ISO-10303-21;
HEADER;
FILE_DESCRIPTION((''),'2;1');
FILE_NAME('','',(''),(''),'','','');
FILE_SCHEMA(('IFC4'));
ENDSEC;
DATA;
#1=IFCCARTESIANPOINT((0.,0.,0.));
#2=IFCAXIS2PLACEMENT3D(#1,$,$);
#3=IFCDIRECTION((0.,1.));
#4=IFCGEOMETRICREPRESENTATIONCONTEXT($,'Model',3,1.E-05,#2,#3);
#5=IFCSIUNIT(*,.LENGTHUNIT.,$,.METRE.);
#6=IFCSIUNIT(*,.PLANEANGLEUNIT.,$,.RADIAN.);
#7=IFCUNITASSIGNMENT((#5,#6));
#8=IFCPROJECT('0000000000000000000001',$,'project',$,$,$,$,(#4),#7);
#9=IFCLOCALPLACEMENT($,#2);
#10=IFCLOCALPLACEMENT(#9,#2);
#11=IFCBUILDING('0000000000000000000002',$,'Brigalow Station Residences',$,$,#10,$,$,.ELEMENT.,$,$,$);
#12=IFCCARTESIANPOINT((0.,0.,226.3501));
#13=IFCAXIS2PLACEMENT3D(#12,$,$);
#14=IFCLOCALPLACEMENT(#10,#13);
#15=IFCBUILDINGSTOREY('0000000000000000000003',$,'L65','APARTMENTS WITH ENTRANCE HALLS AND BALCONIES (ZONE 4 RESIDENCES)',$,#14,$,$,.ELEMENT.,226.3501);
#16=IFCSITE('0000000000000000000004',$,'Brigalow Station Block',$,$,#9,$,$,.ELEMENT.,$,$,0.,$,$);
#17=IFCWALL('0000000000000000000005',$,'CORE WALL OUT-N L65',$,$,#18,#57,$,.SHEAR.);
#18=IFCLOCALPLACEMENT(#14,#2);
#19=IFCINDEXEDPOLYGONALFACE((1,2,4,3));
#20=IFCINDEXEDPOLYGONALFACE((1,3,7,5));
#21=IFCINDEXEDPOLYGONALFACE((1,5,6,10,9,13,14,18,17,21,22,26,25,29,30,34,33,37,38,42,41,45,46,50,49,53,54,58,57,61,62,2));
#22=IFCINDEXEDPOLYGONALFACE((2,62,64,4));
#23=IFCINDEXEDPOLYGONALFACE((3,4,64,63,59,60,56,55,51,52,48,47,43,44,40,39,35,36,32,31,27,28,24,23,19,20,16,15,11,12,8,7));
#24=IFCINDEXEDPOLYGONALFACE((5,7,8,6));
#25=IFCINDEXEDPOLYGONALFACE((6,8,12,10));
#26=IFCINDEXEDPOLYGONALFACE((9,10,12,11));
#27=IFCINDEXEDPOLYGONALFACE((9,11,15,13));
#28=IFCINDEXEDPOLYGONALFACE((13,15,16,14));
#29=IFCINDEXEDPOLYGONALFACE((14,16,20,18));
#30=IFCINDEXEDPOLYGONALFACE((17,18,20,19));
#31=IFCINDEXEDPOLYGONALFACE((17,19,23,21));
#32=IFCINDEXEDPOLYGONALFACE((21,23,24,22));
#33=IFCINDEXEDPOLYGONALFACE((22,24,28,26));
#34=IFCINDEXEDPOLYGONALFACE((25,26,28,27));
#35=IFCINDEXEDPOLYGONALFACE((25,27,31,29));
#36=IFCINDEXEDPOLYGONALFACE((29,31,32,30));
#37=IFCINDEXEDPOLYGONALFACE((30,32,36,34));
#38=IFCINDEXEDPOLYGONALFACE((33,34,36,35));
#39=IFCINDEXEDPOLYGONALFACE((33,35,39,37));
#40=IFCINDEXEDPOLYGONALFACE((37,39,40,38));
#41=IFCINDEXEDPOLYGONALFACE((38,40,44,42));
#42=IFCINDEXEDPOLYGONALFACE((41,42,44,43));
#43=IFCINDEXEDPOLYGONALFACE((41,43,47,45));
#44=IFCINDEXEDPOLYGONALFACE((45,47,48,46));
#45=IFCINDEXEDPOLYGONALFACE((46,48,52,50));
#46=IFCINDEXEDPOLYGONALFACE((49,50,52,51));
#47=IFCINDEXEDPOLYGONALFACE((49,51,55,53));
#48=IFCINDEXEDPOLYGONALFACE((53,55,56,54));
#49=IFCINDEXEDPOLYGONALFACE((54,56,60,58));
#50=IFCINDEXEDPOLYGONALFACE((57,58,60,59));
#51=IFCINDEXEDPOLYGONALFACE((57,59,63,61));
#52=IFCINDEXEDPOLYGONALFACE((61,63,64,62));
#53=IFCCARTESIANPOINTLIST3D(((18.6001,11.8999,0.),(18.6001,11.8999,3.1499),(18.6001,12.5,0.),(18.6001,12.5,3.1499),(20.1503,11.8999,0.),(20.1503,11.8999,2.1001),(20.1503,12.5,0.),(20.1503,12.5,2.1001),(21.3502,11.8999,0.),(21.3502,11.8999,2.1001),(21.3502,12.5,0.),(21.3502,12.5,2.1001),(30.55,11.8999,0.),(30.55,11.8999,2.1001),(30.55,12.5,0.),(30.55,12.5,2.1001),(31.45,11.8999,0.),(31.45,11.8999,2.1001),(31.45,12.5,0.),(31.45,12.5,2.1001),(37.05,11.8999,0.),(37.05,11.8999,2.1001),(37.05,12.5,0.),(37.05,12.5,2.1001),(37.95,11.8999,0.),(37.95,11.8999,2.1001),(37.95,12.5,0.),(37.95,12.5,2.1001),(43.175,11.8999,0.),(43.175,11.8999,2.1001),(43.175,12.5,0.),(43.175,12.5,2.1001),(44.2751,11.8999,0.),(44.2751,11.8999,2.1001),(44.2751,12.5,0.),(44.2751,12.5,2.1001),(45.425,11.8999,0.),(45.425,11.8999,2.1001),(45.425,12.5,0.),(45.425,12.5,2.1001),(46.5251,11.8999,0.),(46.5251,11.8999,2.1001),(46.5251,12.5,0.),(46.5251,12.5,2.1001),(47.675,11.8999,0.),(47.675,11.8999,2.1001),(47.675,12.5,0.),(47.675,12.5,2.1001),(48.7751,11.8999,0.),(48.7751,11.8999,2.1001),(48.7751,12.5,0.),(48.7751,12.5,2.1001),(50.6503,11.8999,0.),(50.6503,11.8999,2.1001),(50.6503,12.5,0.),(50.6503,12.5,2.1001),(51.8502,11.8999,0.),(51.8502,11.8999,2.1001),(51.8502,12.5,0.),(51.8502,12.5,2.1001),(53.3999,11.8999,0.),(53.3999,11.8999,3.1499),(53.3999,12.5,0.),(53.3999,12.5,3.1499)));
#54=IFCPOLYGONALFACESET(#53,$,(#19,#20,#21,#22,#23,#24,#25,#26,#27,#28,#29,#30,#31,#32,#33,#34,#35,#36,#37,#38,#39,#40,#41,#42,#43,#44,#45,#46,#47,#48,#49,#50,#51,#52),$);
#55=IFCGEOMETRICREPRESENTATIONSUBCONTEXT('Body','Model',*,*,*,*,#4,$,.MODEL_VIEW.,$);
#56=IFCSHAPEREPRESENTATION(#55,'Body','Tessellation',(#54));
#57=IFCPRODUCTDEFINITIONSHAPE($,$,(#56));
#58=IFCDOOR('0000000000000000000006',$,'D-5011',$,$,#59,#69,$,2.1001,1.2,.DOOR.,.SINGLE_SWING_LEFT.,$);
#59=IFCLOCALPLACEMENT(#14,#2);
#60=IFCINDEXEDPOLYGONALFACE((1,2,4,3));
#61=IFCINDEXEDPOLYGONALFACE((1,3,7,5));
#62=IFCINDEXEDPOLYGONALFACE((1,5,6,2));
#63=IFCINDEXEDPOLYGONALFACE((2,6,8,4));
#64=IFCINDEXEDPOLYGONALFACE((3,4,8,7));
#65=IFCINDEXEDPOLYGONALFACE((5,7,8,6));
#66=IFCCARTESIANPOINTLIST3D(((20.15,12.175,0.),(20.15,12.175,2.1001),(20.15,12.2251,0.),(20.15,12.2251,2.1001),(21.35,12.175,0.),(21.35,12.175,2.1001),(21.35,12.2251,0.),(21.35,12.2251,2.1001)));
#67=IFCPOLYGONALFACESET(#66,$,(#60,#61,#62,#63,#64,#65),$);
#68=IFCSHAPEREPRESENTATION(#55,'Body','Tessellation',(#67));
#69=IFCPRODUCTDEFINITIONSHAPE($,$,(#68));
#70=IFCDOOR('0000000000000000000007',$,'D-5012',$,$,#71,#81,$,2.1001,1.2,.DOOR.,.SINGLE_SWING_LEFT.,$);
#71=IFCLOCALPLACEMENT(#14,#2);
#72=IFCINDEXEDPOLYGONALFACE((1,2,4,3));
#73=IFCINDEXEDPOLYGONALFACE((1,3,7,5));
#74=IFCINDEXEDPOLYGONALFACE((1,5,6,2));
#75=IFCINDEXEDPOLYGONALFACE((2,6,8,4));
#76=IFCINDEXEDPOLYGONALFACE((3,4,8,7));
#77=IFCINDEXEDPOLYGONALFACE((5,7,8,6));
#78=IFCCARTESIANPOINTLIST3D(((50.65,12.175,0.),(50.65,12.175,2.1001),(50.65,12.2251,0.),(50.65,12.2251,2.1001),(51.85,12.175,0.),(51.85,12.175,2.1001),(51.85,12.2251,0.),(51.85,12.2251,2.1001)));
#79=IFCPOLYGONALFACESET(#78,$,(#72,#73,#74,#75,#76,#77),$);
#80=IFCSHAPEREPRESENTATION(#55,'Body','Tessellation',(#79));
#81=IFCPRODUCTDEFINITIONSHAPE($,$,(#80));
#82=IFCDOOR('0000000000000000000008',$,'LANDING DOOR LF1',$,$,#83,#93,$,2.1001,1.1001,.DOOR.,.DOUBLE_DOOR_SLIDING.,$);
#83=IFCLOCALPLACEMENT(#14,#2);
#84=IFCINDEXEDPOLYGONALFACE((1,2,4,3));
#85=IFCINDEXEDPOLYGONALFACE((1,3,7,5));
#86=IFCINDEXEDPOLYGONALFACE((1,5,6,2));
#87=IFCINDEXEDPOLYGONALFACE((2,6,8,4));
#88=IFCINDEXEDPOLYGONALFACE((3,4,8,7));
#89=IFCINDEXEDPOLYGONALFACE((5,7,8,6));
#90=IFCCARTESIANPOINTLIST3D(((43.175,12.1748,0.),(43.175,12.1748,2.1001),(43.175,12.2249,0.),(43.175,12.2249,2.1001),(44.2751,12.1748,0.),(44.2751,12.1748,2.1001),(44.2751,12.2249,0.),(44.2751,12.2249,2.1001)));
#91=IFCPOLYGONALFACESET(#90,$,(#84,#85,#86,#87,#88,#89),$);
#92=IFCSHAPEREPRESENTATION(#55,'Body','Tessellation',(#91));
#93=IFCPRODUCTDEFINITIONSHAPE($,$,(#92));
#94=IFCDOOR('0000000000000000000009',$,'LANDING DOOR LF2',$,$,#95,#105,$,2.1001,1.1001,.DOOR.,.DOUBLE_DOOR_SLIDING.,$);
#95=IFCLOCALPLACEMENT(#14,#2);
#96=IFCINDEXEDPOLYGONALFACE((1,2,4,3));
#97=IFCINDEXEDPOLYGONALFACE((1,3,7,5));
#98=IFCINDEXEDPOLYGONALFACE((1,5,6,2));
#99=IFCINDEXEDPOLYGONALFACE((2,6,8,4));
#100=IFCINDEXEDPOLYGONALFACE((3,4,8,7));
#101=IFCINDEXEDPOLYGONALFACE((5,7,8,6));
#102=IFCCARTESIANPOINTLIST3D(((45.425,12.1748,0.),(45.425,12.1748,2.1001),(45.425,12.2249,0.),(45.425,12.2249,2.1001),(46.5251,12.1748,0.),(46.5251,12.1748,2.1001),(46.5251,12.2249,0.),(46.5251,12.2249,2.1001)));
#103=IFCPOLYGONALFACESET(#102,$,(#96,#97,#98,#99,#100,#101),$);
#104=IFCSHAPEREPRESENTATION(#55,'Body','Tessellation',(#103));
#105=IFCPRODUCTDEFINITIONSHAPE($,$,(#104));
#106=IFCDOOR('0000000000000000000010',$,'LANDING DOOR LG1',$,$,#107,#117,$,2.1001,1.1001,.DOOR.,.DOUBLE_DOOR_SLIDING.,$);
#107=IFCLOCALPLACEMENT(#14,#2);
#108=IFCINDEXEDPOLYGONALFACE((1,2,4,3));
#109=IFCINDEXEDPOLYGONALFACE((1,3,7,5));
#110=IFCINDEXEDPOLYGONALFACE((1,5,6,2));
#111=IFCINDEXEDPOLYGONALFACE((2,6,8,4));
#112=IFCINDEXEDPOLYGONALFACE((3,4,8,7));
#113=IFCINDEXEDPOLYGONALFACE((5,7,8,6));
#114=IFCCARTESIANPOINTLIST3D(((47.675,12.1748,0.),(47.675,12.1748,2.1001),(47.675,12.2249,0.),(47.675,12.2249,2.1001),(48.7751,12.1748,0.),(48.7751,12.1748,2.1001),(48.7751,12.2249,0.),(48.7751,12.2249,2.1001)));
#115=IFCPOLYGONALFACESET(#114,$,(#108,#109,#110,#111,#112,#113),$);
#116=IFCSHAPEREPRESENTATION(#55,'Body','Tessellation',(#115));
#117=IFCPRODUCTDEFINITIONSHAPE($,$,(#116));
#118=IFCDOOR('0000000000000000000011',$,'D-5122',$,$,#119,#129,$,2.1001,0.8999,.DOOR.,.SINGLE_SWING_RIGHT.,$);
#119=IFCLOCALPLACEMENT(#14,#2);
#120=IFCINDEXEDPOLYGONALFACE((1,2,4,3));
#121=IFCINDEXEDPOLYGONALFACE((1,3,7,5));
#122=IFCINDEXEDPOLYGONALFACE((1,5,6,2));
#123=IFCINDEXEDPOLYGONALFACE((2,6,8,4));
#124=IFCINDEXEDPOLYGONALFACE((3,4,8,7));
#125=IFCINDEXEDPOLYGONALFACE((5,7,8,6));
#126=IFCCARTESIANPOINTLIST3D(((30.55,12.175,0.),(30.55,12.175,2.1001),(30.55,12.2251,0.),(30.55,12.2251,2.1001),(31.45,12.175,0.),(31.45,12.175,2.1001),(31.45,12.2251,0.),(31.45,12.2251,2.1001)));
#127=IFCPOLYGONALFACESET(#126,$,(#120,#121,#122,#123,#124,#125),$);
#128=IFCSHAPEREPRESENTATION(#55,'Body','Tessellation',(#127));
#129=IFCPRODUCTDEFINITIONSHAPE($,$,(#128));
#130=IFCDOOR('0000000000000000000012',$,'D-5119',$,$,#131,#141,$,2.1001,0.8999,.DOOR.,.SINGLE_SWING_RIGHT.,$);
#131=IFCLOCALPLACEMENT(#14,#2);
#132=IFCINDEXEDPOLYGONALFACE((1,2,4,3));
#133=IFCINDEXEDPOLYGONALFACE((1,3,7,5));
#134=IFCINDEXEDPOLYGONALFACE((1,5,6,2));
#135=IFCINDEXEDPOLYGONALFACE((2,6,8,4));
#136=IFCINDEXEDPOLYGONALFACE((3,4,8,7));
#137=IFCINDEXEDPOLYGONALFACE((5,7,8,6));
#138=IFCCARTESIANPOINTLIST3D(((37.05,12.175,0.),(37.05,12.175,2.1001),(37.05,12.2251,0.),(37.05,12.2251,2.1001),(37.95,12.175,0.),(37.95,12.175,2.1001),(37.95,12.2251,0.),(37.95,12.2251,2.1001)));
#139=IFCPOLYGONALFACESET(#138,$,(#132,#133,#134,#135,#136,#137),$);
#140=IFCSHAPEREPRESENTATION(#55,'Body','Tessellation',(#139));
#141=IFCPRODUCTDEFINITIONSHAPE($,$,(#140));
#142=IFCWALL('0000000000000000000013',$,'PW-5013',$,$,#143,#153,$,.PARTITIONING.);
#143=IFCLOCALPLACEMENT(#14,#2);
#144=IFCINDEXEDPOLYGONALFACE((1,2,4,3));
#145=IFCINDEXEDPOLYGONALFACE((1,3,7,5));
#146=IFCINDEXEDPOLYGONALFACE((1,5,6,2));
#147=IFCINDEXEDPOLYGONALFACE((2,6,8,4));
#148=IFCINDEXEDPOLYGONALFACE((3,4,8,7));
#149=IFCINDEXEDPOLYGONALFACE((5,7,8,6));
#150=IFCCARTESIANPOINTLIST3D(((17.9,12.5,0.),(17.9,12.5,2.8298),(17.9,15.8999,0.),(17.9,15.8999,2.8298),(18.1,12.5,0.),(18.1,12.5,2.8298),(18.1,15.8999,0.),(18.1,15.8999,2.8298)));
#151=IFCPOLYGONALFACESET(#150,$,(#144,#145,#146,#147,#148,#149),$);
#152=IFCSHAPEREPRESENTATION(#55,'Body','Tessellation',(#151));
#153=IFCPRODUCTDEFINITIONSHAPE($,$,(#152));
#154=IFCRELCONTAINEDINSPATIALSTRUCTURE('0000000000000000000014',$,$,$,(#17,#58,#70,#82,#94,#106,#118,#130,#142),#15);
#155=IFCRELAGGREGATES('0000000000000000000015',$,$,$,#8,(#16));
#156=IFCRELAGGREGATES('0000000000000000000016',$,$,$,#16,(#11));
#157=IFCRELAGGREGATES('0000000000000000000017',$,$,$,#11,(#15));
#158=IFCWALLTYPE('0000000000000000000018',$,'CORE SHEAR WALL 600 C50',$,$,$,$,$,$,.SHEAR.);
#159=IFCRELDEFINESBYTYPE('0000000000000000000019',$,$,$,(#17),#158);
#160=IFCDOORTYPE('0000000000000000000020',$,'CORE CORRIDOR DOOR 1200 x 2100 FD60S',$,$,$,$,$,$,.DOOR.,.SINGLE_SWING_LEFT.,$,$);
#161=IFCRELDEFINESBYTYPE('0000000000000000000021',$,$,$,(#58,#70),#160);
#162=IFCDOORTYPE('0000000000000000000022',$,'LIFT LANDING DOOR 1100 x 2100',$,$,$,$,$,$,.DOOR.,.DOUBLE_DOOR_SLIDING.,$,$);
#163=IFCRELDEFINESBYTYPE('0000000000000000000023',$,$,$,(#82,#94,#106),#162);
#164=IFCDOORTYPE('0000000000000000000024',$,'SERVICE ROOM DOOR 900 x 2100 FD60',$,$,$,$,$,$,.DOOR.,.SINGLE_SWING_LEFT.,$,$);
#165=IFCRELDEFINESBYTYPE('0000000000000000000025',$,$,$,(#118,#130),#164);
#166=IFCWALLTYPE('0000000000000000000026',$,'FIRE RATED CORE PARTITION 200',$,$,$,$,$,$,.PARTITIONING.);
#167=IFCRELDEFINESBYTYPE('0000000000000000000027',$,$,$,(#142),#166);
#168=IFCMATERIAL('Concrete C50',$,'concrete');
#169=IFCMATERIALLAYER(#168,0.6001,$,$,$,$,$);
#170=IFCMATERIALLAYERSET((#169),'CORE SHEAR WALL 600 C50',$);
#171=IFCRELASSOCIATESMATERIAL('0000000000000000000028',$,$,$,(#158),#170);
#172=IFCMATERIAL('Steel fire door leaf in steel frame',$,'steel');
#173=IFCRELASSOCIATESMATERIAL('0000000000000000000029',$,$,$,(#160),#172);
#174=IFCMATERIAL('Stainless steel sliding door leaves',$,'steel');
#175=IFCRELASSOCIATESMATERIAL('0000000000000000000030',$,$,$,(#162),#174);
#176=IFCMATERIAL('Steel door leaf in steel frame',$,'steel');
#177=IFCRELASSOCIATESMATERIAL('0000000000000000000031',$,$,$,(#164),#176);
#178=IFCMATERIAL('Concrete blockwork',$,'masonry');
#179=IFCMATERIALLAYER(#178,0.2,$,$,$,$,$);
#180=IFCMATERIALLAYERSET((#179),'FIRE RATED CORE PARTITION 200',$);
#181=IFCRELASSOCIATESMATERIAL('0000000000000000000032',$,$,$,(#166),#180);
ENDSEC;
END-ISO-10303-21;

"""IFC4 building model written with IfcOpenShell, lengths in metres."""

from ifc_helpers import new_model, si_unit, direction, frame, frame_2d, origin, place, context, subcontext, project, spatial, rectangle, extrude, material, layer, layer_set, type_object, element, fill, save


model = new_model("IFC4")

# Units and contexts
model_context = context("Model", 3, precision=1e-05, world=origin(), true_north=direction((0.0, 1.0)))
body_context = subcontext(model_context, "Body", "Model", "MODEL_VIEW")
ifc_project = project(units=[si_unit("LENGTHUNIT", "METRE"), si_unit("PLANEANGLEUNIT", "RADIAN")], contexts=[model_context])

# Site, building, storey
site_placement = place(None, origin())
site = spatial("IfcSite", under=ifc_project, at=site_placement, Name="Brigalow Station Block", CompositionType="ELEMENT", RefElevation=0.0)
building_placement = place(site_placement, origin())
building = spatial("IfcBuilding", under=site, at=building_placement, Name="Brigalow Station Residences", CompositionType="ELEMENT")
storey_placement = place(building_placement, frame((0.0, 0.0, 226.3501)))
storey = spatial("IfcBuildingStorey", under=building, at=storey_placement, Name="L65", Description="APARTMENTS WITH ENTRANCE HALLS AND BALCONIES (ZONE 4 RESIDENCES)", CompositionType="ELEMENT", Elevation=226.3501)

# Wall, openings, doors
ifc_material_1 = material(Name="Concrete C50", Category="concrete")
ifc_layer_1 = layer(ifc_material_1, 0.6001)
ifc_layer_set_1 = layer_set([ifc_layer_1], Name="CORE SHEAR WALL 600 C50")
wall_type_1 = type_object("IfcWallType", Name="CORE SHEAR WALL 600 C50", PredefinedType="SHEAR", material=ifc_layer_set_1)
wall_1_placement = place(storey_placement, frame((18.6001, 12.2, 0.0), z_axis=(0.0, 0.0, 1.0), x_axis=(1.0, 0.0, 0.0)))
wall_1 = element("IfcWall", 1, at=wall_1_placement, inside=storey, type_object=wall_type_1, Name="CORE WALL OUT-N L65", PredefinedType="SHEAR", context=body_context, shape_type="SweptSolid", body=[
    extrude(rectangle(XDim=34.7998, YDim=0.6001, at=frame_2d((17.3999, 0.0))), origin(), (0.0, 0.0, 1.0), 3.1499),
])
opening_1_placement = place(wall_1_placement, frame((24.575, 0.0, 0.0)))
opening_1 = element("IfcOpeningElement", 2, at=opening_1_placement, cuts=wall_1, PredefinedType="OPENING", context=body_context, shape_type="SweptSolid", body=[
    extrude(rectangle(XDim=1.1001, YDim=2.1001, at=frame_2d((0.55, 1.05))), frame((0.0, 0.3101, 0.0), z_axis=(0.0, -1.0, 0.0), x_axis=(1.0, 0.0, 0.0)), (0.0, 0.0, 1.0), 0.6201),
])
opening_2_placement = place(wall_1_placement, frame((26.825, 0.0, 0.0)))
opening_2 = element("IfcOpeningElement", 3, at=opening_2_placement, cuts=wall_1, PredefinedType="OPENING", context=body_context, shape_type="SweptSolid", body=[
    extrude(rectangle(XDim=1.1001, YDim=2.1001, at=frame_2d((0.55, 1.05))), frame((0.0, 0.3101, 0.0), z_axis=(0.0, -1.0, 0.0), x_axis=(1.0, 0.0, 0.0)), (0.0, 0.0, 1.0), 0.6201),
])
opening_3_placement = place(wall_1_placement, frame((29.075, 0.0, 0.0)))
opening_3 = element("IfcOpeningElement", 4, at=opening_3_placement, cuts=wall_1, PredefinedType="OPENING", context=body_context, shape_type="SweptSolid", body=[
    extrude(rectangle(XDim=1.1001, YDim=2.1001, at=frame_2d((0.55, 1.05))), frame((0.0, 0.3101, 0.0), z_axis=(0.0, -1.0, 0.0), x_axis=(1.0, 0.0, 0.0)), (0.0, 0.0, 1.0), 0.6201),
])
opening_4_placement = place(wall_1_placement, frame((11.95, 0.0, 0.0)))
opening_4 = element("IfcOpeningElement", 5, at=opening_4_placement, cuts=wall_1, PredefinedType="OPENING", context=body_context, shape_type="SweptSolid", body=[
    extrude(rectangle(XDim=0.8999, YDim=2.1001, at=frame_2d((0.45, 1.05))), frame((0.0, 0.3101, 0.0), z_axis=(0.0, -1.0, 0.0), x_axis=(1.0, 0.0, 0.0)), (0.0, 0.0, 1.0), 0.6201),
])
opening_5_placement = place(wall_1_placement, frame((18.45, 0.0, 0.0)))
opening_5 = element("IfcOpeningElement", 6, at=opening_5_placement, cuts=wall_1, PredefinedType="OPENING", context=body_context, shape_type="SweptSolid", body=[
    extrude(rectangle(XDim=0.8999, YDim=2.1001, at=frame_2d((0.45, 1.05))), frame((0.0, 0.3101, 0.0), z_axis=(0.0, -1.0, 0.0), x_axis=(1.0, 0.0, 0.0)), (0.0, 0.0, 1.0), 0.6201),
])
opening_6_placement = place(wall_1_placement, frame((1.55, 0.0, 0.0)))
opening_6 = element("IfcOpeningElement", 7, at=opening_6_placement, cuts=wall_1, PredefinedType="OPENING", context=body_context, shape_type="SweptSolid", body=[
    extrude(rectangle(XDim=1.2, YDim=2.1001, at=frame_2d((0.6001, 1.05))), frame((0.0, 0.3101, 0.0), z_axis=(0.0, -1.0, 0.0), x_axis=(1.0, 0.0, 0.0)), (0.0, 0.0, 1.0), 0.6201),
])
opening_7_placement = place(wall_1_placement, frame((32.05, 0.0, 0.0)))
opening_7 = element("IfcOpeningElement", 8, at=opening_7_placement, cuts=wall_1, PredefinedType="OPENING", context=body_context, shape_type="SweptSolid", body=[
    extrude(rectangle(XDim=1.2, YDim=2.1001, at=frame_2d((0.6001, 1.05))), frame((0.0, 0.3101, 0.0), z_axis=(0.0, -1.0, 0.0), x_axis=(1.0, 0.0, 0.0)), (0.0, 0.0, 1.0), 0.6201),
])
ifc_material_2 = material(Name="Steel fire door leaf in steel frame", Category="steel")
door_type_1 = type_object("IfcDoorType", Name="CORE CORRIDOR DOOR 1200 x 2100 FD60S", OperationType="SINGLE_SWING_LEFT", PredefinedType="DOOR", material=ifc_material_2)
door_1_placement = place(opening_6_placement, frame((1.2, 0.0, 0.0), z_axis=(0.0, 0.0, 1.0), x_axis=(-1.0, 0.0, 0.0)))
door_1 = element("IfcDoor", 9, at=door_1_placement, inside=storey, type_object=door_type_1, Name="D-5011", OperationType="SINGLE_SWING_LEFT", OverallHeight=2.1001, OverallWidth=1.2, PredefinedType="DOOR", context=body_context, shape_type="SweptSolid", body=[
    extrude(rectangle(XDim=1.2, YDim=2.1001, at=frame_2d((0.6001, 1.05))), frame((0.0, 0.0249, 0.0), z_axis=(0.0, -1.0, 0.0), x_axis=(1.0, 0.0, 0.0)), (0.0, 0.0, 1.0), 0.05),
])
fill(opening_6, door_1)
door_2_placement = place(opening_7_placement, frame((1.2, 0.0, 0.0), z_axis=(0.0, 0.0, 1.0), x_axis=(-1.0, 0.0, 0.0)))
door_2 = element("IfcDoor", 10, at=door_2_placement, inside=storey, type_object=door_type_1, Name="D-5012", OperationType="SINGLE_SWING_LEFT", OverallHeight=2.1001, OverallWidth=1.2, PredefinedType="DOOR", context=body_context, shape_type="SweptSolid", body=[
    extrude(rectangle(XDim=1.2, YDim=2.1001, at=frame_2d((0.6001, 1.05))), frame((0.0, 0.0249, 0.0), z_axis=(0.0, -1.0, 0.0), x_axis=(1.0, 0.0, 0.0)), (0.0, 0.0, 1.0), 0.05),
])
fill(opening_7, door_2)
ifc_material_3 = material(Name="Stainless steel sliding door leaves", Category="steel")
door_type_2 = type_object("IfcDoorType", Name="LIFT LANDING DOOR 1100 x 2100", OperationType="DOUBLE_DOOR_SLIDING", PredefinedType="DOOR", material=ifc_material_3)
door_3_placement = place(opening_1_placement, origin())
door_3 = element("IfcDoor", 11, at=door_3_placement, inside=storey, type_object=door_type_2, Name="LANDING DOOR LF1", OperationType="DOUBLE_DOOR_SLIDING", OverallHeight=2.1001, OverallWidth=1.1001, PredefinedType="DOOR", context=body_context, shape_type="SweptSolid", body=[
    extrude(rectangle(XDim=1.1001, YDim=2.1001, at=frame_2d((0.55, 1.05))), frame((0.0, 0.0249, 0.0), z_axis=(0.0, -1.0, 0.0), x_axis=(1.0, 0.0, 0.0)), (0.0, 0.0, 1.0), 0.05),
])
fill(opening_1, door_3)
door_4_placement = place(opening_2_placement, origin())
door_4 = element("IfcDoor", 12, at=door_4_placement, inside=storey, type_object=door_type_2, Name="LANDING DOOR LF2", OperationType="DOUBLE_DOOR_SLIDING", OverallHeight=2.1001, OverallWidth=1.1001, PredefinedType="DOOR", context=body_context, shape_type="SweptSolid", body=[
    extrude(rectangle(XDim=1.1001, YDim=2.1001, at=frame_2d((0.55, 1.05))), frame((0.0, 0.0249, 0.0), z_axis=(0.0, -1.0, 0.0), x_axis=(1.0, 0.0, 0.0)), (0.0, 0.0, 1.0), 0.05),
])
fill(opening_2, door_4)
door_5_placement = place(opening_3_placement, origin())
door_5 = element("IfcDoor", 13, at=door_5_placement, inside=storey, type_object=door_type_2, Name="LANDING DOOR LG1", OperationType="DOUBLE_DOOR_SLIDING", OverallHeight=2.1001, OverallWidth=1.1001, PredefinedType="DOOR", context=body_context, shape_type="SweptSolid", body=[
    extrude(rectangle(XDim=1.1001, YDim=2.1001, at=frame_2d((0.55, 1.05))), frame((0.0, 0.0249, 0.0), z_axis=(0.0, -1.0, 0.0), x_axis=(1.0, 0.0, 0.0)), (0.0, 0.0, 1.0), 0.05),
])
fill(opening_3, door_5)
ifc_material_4 = material(Name="Steel door leaf in steel frame", Category="steel")
door_type_3 = type_object("IfcDoorType", Name="SERVICE ROOM DOOR 900 x 2100 FD60", OperationType="SINGLE_SWING_LEFT", PredefinedType="DOOR", material=ifc_material_4)
door_6_placement = place(opening_4_placement, frame((0.8999, 0.0, 0.0), z_axis=(0.0, 0.0, 1.0), x_axis=(-1.0, 0.0, 0.0)))
door_6 = element("IfcDoor", 14, at=door_6_placement, inside=storey, type_object=door_type_3, Name="D-5122", OperationType="SINGLE_SWING_RIGHT", OverallHeight=2.1001, OverallWidth=0.8999, PredefinedType="DOOR", context=body_context, shape_type="SweptSolid", body=[
    extrude(rectangle(XDim=0.8999, YDim=2.1001, at=frame_2d((0.45, 1.05))), frame((0.0, 0.0249, 0.0), z_axis=(0.0, -1.0, 0.0), x_axis=(1.0, 0.0, 0.0)), (0.0, 0.0, 1.0), 0.05),
])
fill(opening_4, door_6)
door_7_placement = place(opening_5_placement, frame((0.8999, 0.0, 0.0), z_axis=(0.0, 0.0, 1.0), x_axis=(-1.0, 0.0, 0.0)))
door_7 = element("IfcDoor", 15, at=door_7_placement, inside=storey, type_object=door_type_3, Name="D-5119", OperationType="SINGLE_SWING_RIGHT", OverallHeight=2.1001, OverallWidth=0.8999, PredefinedType="DOOR", context=body_context, shape_type="SweptSolid", body=[
    extrude(rectangle(XDim=0.8999, YDim=2.1001, at=frame_2d((0.45, 1.05))), frame((0.0, 0.0249, 0.0), z_axis=(0.0, -1.0, 0.0), x_axis=(1.0, 0.0, 0.0)), (0.0, 0.0, 1.0), 0.05),
])
fill(opening_5, door_7)

# Wall
ifc_material_5 = material(Name="Concrete blockwork", Category="masonry")
ifc_layer_2 = layer(ifc_material_5, 0.2)
ifc_layer_set_2 = layer_set([ifc_layer_2], Name="FIRE RATED CORE PARTITION 200")
wall_type_2 = type_object("IfcWallType", Name="FIRE RATED CORE PARTITION 200", PredefinedType="PARTITIONING", material=ifc_layer_set_2)
wall_2_placement = place(storey_placement, frame((18.0, 12.5, 0.0), z_axis=(0.0, 0.0, 1.0), x_axis=(0.0, 1.0, 0.0)))
element("IfcWall", 16, at=wall_2_placement, inside=storey, type_object=wall_type_2, Name="PW-5013", PredefinedType="PARTITIONING", context=body_context, shape_type="SweptSolid", body=[
    extrude(rectangle(XDim=3.3999, YDim=0.2, at=frame_2d((1.7, 0.0))), origin(), (0.0, 0.0, 1.0), 2.8298),
])

save(model, "model.ifc")
